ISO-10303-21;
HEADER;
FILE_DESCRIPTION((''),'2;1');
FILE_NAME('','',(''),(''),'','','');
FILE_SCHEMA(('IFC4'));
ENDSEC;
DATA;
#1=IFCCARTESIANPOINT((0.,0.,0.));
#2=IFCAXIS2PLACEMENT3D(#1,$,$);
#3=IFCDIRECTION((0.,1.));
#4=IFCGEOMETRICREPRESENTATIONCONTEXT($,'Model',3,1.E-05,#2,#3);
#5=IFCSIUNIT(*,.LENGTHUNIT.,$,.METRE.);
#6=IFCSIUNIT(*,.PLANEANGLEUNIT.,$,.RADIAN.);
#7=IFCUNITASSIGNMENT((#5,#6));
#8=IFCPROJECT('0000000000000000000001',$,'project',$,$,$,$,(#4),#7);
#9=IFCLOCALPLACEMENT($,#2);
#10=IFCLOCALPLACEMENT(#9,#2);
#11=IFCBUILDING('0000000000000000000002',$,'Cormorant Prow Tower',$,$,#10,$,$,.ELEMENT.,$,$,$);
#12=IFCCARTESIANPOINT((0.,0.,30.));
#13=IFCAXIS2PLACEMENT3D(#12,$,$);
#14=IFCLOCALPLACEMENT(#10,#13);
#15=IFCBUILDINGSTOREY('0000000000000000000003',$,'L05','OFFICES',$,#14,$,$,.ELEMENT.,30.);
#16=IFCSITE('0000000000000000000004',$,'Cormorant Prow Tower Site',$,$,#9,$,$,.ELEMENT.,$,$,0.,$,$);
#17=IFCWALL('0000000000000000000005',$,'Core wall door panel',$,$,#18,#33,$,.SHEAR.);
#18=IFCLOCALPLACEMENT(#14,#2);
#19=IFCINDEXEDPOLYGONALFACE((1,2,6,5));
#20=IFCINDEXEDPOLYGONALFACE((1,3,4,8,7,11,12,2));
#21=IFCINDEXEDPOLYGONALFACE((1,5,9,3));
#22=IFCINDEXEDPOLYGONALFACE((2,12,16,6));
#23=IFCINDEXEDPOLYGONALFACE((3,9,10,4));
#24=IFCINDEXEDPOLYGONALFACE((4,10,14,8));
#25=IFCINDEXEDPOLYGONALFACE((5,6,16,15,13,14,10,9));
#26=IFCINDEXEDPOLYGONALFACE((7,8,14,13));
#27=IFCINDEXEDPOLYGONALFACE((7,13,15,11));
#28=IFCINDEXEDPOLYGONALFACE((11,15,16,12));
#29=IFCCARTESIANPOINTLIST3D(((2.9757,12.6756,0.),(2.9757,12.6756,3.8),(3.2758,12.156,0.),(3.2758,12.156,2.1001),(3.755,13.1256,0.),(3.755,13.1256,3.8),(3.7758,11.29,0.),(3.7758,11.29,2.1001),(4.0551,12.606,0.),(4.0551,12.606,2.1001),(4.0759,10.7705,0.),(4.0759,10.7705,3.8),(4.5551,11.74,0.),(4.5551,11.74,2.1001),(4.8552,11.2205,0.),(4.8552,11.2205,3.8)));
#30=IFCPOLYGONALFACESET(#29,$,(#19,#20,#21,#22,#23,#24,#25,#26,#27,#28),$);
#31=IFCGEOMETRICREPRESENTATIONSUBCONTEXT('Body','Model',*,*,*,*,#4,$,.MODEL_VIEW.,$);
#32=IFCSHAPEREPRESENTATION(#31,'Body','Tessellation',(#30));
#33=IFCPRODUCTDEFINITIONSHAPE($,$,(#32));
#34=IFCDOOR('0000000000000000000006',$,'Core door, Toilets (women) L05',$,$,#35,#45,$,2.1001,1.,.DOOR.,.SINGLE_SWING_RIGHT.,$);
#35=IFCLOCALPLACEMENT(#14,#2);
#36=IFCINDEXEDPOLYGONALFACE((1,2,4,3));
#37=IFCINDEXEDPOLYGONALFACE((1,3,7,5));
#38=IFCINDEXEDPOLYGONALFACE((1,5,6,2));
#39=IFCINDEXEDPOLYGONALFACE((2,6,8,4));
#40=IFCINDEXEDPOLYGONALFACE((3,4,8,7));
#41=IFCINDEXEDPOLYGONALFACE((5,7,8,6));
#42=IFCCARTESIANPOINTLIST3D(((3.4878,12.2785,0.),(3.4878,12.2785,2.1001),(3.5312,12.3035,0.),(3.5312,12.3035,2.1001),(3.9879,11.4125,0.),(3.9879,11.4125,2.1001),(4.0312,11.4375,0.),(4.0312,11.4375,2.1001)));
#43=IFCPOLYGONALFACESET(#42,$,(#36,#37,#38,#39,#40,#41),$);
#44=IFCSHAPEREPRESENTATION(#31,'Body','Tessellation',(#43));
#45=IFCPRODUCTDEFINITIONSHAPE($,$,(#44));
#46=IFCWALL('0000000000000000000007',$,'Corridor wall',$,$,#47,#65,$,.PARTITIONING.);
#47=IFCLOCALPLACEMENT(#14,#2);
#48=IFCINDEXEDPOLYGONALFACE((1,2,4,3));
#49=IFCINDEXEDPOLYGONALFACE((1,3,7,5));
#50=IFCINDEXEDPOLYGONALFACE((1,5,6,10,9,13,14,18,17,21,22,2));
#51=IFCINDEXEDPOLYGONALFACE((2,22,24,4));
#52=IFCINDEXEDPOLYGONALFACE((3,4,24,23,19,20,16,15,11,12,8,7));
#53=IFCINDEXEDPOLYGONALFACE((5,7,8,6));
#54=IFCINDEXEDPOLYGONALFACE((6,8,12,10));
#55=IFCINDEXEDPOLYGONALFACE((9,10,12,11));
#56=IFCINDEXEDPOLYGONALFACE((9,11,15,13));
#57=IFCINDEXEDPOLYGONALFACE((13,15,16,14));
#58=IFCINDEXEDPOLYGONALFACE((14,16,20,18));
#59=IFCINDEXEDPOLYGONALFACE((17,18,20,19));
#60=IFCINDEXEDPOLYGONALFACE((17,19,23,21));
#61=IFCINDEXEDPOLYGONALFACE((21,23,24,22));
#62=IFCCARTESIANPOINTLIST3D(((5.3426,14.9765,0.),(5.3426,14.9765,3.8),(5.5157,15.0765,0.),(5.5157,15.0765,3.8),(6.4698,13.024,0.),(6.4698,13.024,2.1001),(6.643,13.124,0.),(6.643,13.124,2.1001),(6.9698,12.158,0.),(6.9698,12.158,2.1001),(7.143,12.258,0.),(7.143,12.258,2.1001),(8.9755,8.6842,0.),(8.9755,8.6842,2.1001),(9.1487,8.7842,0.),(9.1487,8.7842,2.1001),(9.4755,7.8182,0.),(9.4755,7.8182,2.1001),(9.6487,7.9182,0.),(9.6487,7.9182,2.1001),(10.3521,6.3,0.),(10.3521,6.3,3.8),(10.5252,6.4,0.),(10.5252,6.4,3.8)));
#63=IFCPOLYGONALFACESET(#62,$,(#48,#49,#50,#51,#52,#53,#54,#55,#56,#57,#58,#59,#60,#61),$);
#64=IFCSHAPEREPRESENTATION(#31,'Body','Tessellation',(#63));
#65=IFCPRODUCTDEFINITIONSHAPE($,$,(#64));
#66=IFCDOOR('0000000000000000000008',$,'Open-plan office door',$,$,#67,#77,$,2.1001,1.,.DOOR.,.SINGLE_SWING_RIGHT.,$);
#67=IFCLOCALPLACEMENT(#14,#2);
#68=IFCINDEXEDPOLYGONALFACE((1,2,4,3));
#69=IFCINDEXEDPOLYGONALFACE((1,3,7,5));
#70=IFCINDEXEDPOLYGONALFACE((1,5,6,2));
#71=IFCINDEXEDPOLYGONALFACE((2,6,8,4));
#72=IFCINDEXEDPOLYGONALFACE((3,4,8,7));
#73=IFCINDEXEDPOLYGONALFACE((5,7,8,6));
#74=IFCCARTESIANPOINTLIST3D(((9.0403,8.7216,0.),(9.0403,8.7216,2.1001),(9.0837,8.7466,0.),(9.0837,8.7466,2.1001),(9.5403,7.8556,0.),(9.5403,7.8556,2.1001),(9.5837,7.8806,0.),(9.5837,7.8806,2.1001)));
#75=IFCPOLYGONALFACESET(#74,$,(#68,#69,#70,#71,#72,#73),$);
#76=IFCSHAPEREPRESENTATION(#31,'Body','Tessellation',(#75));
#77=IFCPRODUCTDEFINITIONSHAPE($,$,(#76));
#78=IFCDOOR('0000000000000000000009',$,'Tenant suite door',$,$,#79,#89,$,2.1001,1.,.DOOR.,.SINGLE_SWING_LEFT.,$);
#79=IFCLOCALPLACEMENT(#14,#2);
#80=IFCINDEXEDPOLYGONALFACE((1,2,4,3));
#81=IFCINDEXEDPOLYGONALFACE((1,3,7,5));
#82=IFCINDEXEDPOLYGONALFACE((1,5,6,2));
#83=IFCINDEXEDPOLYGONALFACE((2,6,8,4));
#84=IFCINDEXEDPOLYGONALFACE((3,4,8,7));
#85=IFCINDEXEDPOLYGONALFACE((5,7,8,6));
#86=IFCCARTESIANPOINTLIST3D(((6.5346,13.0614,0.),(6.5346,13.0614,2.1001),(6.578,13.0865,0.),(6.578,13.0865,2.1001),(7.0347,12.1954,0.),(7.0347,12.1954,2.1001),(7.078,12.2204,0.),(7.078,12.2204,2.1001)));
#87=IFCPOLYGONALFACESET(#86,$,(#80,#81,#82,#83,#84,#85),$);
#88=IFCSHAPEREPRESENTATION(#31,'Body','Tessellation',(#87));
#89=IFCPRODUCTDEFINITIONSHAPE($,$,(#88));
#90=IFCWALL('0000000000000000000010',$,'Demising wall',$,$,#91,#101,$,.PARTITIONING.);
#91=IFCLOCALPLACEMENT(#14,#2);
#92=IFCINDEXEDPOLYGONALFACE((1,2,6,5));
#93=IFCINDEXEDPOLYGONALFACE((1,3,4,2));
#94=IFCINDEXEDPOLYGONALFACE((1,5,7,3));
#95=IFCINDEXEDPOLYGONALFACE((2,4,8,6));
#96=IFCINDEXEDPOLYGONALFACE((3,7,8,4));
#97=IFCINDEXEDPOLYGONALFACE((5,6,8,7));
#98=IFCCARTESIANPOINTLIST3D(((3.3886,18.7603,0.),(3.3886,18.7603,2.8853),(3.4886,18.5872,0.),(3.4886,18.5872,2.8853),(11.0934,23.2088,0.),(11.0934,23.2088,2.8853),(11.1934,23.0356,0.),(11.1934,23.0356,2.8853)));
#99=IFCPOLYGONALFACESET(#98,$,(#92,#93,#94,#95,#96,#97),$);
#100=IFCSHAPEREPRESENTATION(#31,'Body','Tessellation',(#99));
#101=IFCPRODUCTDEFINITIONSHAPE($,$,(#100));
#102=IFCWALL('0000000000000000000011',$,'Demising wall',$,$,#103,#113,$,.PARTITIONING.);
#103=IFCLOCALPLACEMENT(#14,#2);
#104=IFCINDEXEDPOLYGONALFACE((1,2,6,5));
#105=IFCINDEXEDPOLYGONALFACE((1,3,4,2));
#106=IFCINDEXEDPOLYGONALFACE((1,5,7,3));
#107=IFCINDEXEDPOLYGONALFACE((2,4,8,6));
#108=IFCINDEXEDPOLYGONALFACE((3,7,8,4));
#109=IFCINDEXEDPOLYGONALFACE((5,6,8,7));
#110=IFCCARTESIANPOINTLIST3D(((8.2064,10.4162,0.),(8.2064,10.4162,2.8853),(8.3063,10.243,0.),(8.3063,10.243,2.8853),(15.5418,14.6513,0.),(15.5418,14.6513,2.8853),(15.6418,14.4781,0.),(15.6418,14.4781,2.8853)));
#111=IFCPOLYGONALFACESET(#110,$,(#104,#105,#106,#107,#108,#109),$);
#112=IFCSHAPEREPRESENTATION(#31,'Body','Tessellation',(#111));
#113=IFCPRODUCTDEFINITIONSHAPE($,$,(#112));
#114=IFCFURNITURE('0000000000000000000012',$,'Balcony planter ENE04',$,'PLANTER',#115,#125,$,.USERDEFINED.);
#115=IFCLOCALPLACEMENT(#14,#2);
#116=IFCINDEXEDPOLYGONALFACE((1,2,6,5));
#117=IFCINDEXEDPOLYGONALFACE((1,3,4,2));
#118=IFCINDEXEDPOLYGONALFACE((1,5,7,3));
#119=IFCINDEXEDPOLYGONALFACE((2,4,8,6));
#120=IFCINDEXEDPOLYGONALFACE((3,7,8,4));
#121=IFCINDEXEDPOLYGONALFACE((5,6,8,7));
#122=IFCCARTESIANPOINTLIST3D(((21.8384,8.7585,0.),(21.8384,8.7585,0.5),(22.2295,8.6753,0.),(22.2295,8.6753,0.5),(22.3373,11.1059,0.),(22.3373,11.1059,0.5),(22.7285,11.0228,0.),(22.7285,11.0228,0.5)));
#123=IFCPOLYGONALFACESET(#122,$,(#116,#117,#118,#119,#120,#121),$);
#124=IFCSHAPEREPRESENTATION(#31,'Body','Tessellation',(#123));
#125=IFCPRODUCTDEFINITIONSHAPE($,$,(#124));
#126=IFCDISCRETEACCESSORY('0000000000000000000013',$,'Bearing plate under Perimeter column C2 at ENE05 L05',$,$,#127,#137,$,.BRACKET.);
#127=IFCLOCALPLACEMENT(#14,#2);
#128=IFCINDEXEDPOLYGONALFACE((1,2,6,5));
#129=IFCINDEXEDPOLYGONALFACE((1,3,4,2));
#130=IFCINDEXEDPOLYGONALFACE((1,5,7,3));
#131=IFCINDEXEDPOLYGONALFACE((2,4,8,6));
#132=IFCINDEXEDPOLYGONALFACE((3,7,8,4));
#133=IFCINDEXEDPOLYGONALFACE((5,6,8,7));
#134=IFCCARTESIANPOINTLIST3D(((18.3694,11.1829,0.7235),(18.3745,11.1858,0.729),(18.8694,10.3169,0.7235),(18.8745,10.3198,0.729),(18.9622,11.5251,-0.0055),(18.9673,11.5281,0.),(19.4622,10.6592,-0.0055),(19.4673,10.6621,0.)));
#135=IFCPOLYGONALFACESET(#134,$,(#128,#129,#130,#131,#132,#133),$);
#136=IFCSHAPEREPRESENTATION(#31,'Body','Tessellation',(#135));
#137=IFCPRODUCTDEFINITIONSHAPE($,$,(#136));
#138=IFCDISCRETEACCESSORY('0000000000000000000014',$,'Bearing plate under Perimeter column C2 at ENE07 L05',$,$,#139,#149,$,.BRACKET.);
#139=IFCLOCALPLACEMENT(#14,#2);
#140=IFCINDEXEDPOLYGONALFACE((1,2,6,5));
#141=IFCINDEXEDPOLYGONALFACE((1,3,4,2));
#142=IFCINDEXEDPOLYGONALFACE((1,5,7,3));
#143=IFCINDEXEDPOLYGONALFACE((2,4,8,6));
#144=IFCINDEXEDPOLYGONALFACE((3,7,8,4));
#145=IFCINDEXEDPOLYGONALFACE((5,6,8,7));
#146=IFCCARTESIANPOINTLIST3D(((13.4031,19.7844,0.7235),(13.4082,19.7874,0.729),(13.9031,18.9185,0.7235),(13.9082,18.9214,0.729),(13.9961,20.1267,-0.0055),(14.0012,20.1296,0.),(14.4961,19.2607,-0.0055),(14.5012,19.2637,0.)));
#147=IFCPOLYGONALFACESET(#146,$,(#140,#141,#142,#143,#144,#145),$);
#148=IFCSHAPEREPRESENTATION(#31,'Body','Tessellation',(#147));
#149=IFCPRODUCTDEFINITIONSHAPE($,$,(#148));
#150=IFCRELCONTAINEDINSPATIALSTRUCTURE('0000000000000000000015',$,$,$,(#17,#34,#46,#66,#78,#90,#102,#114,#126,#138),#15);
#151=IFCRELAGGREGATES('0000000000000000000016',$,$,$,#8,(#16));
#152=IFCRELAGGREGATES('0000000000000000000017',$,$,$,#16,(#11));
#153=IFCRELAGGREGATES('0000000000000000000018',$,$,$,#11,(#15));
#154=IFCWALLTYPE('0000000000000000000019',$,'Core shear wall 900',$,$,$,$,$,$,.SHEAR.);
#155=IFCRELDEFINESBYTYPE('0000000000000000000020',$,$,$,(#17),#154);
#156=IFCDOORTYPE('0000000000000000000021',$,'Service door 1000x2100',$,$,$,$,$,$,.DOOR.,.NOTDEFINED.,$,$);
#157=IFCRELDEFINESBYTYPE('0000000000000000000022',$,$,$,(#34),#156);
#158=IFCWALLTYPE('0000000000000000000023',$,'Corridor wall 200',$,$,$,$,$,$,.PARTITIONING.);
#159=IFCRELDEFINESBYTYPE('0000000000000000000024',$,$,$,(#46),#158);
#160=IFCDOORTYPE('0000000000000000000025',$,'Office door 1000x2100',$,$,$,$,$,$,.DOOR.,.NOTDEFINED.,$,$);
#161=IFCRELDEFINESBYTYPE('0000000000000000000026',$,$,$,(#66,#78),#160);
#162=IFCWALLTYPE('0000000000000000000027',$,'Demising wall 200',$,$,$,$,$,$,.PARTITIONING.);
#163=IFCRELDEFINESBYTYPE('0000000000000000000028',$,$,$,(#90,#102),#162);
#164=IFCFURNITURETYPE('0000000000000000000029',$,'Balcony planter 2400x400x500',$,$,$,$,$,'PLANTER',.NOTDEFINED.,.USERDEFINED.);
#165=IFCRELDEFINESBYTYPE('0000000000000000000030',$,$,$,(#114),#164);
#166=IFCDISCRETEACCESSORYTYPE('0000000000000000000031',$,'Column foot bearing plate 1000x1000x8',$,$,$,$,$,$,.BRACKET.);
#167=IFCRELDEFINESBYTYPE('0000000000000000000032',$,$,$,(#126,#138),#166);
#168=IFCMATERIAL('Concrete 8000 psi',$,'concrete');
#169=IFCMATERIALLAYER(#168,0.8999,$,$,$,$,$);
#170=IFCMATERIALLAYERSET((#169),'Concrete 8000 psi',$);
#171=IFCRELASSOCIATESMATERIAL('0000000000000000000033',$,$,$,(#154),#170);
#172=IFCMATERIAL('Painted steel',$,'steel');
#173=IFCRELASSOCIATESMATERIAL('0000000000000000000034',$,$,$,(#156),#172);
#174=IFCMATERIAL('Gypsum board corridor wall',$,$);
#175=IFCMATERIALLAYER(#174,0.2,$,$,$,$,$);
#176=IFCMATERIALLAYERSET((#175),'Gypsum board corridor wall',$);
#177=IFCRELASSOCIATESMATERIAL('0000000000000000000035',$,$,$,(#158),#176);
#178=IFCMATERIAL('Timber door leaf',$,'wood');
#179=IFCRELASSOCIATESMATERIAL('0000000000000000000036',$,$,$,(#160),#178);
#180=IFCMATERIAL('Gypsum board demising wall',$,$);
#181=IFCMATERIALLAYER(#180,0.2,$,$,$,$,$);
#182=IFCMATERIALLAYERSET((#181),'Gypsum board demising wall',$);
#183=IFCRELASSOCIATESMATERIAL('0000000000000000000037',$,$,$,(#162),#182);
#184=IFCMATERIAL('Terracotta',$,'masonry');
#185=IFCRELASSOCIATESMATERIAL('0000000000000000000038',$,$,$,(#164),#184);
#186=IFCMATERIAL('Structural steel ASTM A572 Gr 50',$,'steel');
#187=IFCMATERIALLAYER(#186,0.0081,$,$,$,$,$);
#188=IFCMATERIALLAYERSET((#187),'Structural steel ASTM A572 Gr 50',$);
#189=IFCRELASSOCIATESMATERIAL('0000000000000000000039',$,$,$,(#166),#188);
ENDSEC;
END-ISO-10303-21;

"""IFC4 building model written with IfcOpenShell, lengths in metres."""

from ifc_helpers import new_model, si_unit, direction, frame, frame_2d, origin, origin_2d, place, context, subcontext, project, spatial, polyline, rectangle, outline, extrude, material, layer, layer_set, type_object, element, fill, save


model = new_model("IFC4")

# Units and contexts
model_context = context("Model", 3, precision=1e-05, world=origin(), true_north=direction((0.0, 1.0)))
body_context = subcontext(model_context, "Body", "Model", "MODEL_VIEW")
ifc_project = project(units=[si_unit("LENGTHUNIT", "METRE"), si_unit("PLANEANGLEUNIT", "RADIAN")], contexts=[model_context])

# Site, building, storey
site_placement = place(None, origin())
site = spatial("IfcSite", under=ifc_project, at=site_placement, Name="Cormorant Prow Tower Site", CompositionType="ELEMENT", RefElevation=0.0)
building_placement = place(site_placement, origin())
building = spatial("IfcBuilding", under=site, at=building_placement, Name="Cormorant Prow Tower", CompositionType="ELEMENT")
storey_placement = place(building_placement, frame((0.0, 0.0, 30.0)))
storey = spatial("IfcBuildingStorey", under=building, at=storey_placement, Name="L05", Description="OFFICES", CompositionType="ELEMENT", Elevation=30.0)

# Shared definitions
ifc_material_1 = material(Name="Concrete 8000 psi", Category="concrete")
ifc_layer_1 = layer(ifc_material_1, 0.8999)
ifc_layer_set_1 = layer_set([ifc_layer_1], Name="Concrete 8000 psi")
wall_type_1 = type_object("IfcWallType", Name="Core shear wall 900", PredefinedType="SHEAR", material=ifc_layer_set_1)

# Wall, opening, door
wall_1_placement = place(storey_placement, frame((4.4656, 10.9954, 0.0), z_axis=(0.0, 0.0, 1.0), x_axis=(-0.500078, 0.86598, 0.0)))
wall_1 = element("IfcWall", 1, at=wall_1_placement, inside=storey, type_object=wall_type_1, Name="Core wall door panel", PredefinedType="SHEAR", context=body_context, shape_type="SweptSolid", body=[
    extrude(rectangle(XDim=2.2, YDim=0.8999, at=frame_2d((1.1001, 0.0))), origin(), (0.0, 0.0, 1.0), 3.8),
])
opening_1_placement = place(wall_1_placement, frame((0.6001, 0.0, 0.0)))
opening_1 = element("IfcOpeningElement", 2, at=opening_1_placement, cuts=wall_1, PredefinedType="OPENING", context=body_context, shape_type="SweptSolid", body=[
    extrude(rectangle(XDim=1.0, YDim=2.1001, at=frame_2d((0.5, 1.05))), frame((0.0, 0.46, 0.0), z_axis=(0.0, -1.0, 0.0), x_axis=(1.0, 0.0, 0.0)), (0.0, 0.0, 1.0), 0.9199),
])
ifc_material_2 = material(Name="Painted steel", Category="steel")
door_type_1 = type_object("IfcDoorType", Name="Service door 1000x2100", OperationType="NOTDEFINED", PredefinedType="DOOR", material=ifc_material_2)
door_1_placement = place(opening_1_placement, origin())
door_1 = element("IfcDoor", 3, at=door_1_placement, inside=storey, type_object=door_type_1, Name="Core door, Toilets (women) L05", OperationType="SINGLE_SWING_RIGHT", OverallHeight=2.1001, OverallWidth=1.0, PredefinedType="DOOR", context=body_context, shape_type="SweptSolid", body=[
    extrude(rectangle(XDim=1.0, YDim=2.1001, at=frame_2d((0.5, 1.05))), frame((0.0, 0.2051, 0.0), z_axis=(0.0, -1.0, 0.0), x_axis=(1.0, 0.0, 0.0)), (0.0, 0.0, 1.0), 0.05),
])
fill(opening_1, door_1)

# Wall, openings, doors
ifc_material_3 = material(Name="Gypsum board corridor wall")
ifc_layer_2 = layer(ifc_material_3, 0.2)
ifc_layer_set_2 = layer_set([ifc_layer_2], Name="Gypsum board corridor wall")
wall_type_2 = type_object("IfcWallType", Name="Corridor wall 200", PredefinedType="PARTITIONING", material=ifc_layer_set_2)
wall_2_placement = place(storey_placement, frame((5.4292, 15.0264, 0.0), z_axis=(0.0, 0.0, 1.0), x_axis=(0.50001, -0.86602, 0.0)))
wall_2 = element("IfcWall", 4, at=wall_2_placement, inside=storey, type_object=wall_type_2, Name="Corridor wall", PredefinedType="PARTITIONING", context=body_context, shape_type="SweptSolid", body=[
    extrude(rectangle(XDim=10.0188, YDim=0.2, at=frame_2d((5.0093, 0.0))), origin(), (0.0, 0.0, 1.0), 3.8),
])
opening_2_placement = place(wall_2_placement, frame((7.2656, 0.0, 0.0)))
opening_2 = element("IfcOpeningElement", 5, at=opening_2_placement, cuts=wall_2, PredefinedType="OPENING", context=body_context, shape_type="SweptSolid", body=[
    extrude(rectangle(XDim=1.0, YDim=2.1001, at=frame_2d((0.5, 1.05))), frame((0.0, 0.1099, 0.0), z_axis=(0.0, -1.0, 0.0), x_axis=(1.0, 0.0, 0.0)), (0.0, 0.0, 1.0), 0.22),
])
opening_3_placement = place(wall_2_placement, frame((2.2544, 0.0, 0.0)))
opening_3 = element("IfcOpeningElement", 6, at=opening_3_placement, cuts=wall_2, PredefinedType="OPENING", context=body_context, shape_type="SweptSolid", body=[
    extrude(rectangle(XDim=1.0, YDim=2.1001, at=frame_2d((0.5, 1.05))), frame((0.0, 0.1099, 0.0), z_axis=(0.0, -1.0, 0.0), x_axis=(1.0, 0.0, 0.0)), (0.0, 0.0, 1.0), 0.22),
])
ifc_material_4 = material(Name="Timber door leaf", Category="wood")
door_type_2 = type_object("IfcDoorType", Name="Office door 1000x2100", OperationType="NOTDEFINED", PredefinedType="DOOR", material=ifc_material_4)
door_2_placement = place(opening_2_placement, origin())
door_2 = element("IfcDoor", 7, at=door_2_placement, inside=storey, type_object=door_type_2, Name="Open-plan office door", OperationType="SINGLE_SWING_RIGHT", OverallHeight=2.1001, OverallWidth=1.0, PredefinedType="DOOR", context=body_context, shape_type="SweptSolid", body=[
    extrude(rectangle(XDim=1.0, YDim=2.1001, at=frame_2d((0.5, 1.05))), frame((0.0, 0.0249, 0.0), z_axis=(0.0, -1.0, 0.0), x_axis=(1.0, 0.0, 0.0)), (0.0, 0.0, 1.0), 0.05),
])
fill(opening_2, door_2)
door_3_placement = place(opening_3_placement, origin())
door_3 = element("IfcDoor", 8, at=door_3_placement, inside=storey, type_object=door_type_2, Name="Tenant suite door", OperationType="SINGLE_SWING_LEFT", OverallHeight=2.1001, OverallWidth=1.0, PredefinedType="DOOR", context=body_context, shape_type="SweptSolid", body=[
    extrude(rectangle(XDim=1.0, YDim=2.1001, at=frame_2d((0.5, 1.05))), frame((0.0, 0.0249, 0.0), z_axis=(0.0, -1.0, 0.0), x_axis=(1.0, 0.0, 0.0)), (0.0, 0.0, 1.0), 0.05),
])
fill(opening_3, door_3)

# Walls
ifc_material_5 = material(Name="Gypsum board demising wall")
ifc_layer_3 = layer(ifc_material_5, 0.2)
ifc_layer_set_3 = layer_set([ifc_layer_3], Name="Gypsum board demising wall")
wall_type_3 = type_object("IfcWallType", Name="Demising wall 200", PredefinedType="PARTITIONING", material=ifc_layer_set_3)
wall_3_placement = place(storey_placement, frame((3.4387, 18.6738, 0.0), z_axis=(0.0, 0.0, 1.0), x_axis=(0.866021, 0.500008, 0.0)))
element("IfcWall", 9, at=wall_3_placement, inside=storey, type_object=wall_type_3, Name="Demising wall", PredefinedType="PARTITIONING", context=body_context, shape_type="SweptSolid", body=[
    extrude(rectangle(XDim=8.8967, YDim=0.2, at=frame_2d((4.4482, 0.0))), origin(), (0.0, 0.0, 1.0), 2.8853),
])
wall_4_placement = place(storey_placement, frame((8.2563, 10.3296, 0.0), z_axis=(0.0, 0.0, 1.0), x_axis=(0.866026, 0.499999, 0.0)))
element("IfcWall", 10, at=wall_4_placement, inside=storey, type_object=wall_type_3, Name="Demising wall", PredefinedType="PARTITIONING", context=body_context, shape_type="SweptSolid", body=[
    extrude(rectangle(XDim=8.4702, YDim=0.2, at=frame_2d((4.2351, 0.0))), origin(), (0.0, 0.0, 1.0), 2.8853),
])

# Furniture
ifc_material_6 = material(Name="Terracotta", Category="masonry")
furniture_type = type_object("IfcFurnitureType", Name="Balcony planter 2400x400x500", ElementType="PLANTER", AssemblyPlace="NOTDEFINED", PredefinedType="USERDEFINED", material=ifc_material_6)
furniture_placement = place(storey_placement, frame((22.2834, 9.8906, 0.0), z_axis=(0.0, 0.0, 1.0), x_axis=(0.207912, 0.978148, 0.0)))
element("IfcFurniture", 11, at=furniture_placement, inside=storey, type_object=furniture_type, Name="Balcony planter ENE04", ObjectType="PLANTER", PredefinedType="USERDEFINED", context=body_context, shape_type="SweptSolid", body=[
    extrude(rectangle(XDim=2.3999, YDim=0.3999, at=origin_2d()), origin(), (0.0, 0.0, 1.0), 0.5),
])

# Discrete accessories
ifc_material_7 = material(Name="Structural steel ASTM A572 Gr 50", Category="steel")
ifc_layer_4 = layer(ifc_material_7, 0.0081)
ifc_layer_set_4 = layer_set([ifc_layer_4], Name="Structural steel ASTM A572 Gr 50")
discrete_accessory_type = type_object("IfcDiscreteAccessoryType", Name="Column foot bearing plate 1000x1000x8", PredefinedType="BRACKET", material=ifc_layer_set_4)
discrete_accessory_1_placement = place(storey_placement, frame((18.3745, 11.1858, 0.729), z_axis=(0.63133, 0.364523, 0.684504), x_axis=(0.500025, -0.866011, 0.0)))
element("IfcDiscreteAccessory", 12, at=discrete_accessory_1_placement, inside=storey, type_object=discrete_accessory_type, Name="Bearing plate under Perimeter column C2 at ENE05 L05", PredefinedType="BRACKET", context=body_context, shape_type="SweptSolid", body=[
    extrude(outline(polyline([(0.0, 0.0), (0.9999, 0.0), (0.9999, 1.0), (0.0, 1.0), (0.0, 0.0)])), origin(), (0.0, 0.0, -1.0), 0.0081),
])
discrete_accessory_2_placement = place(storey_placement, frame((13.4082, 19.7874, 0.729), z_axis=(0.631238, 0.36447, 0.684617), x_axis=(0.500025, -0.866011, 0.0)))
element("IfcDiscreteAccessory", 13, at=discrete_accessory_2_placement, inside=storey, type_object=discrete_accessory_type, Name="Bearing plate under Perimeter column C2 at ENE07 L05", PredefinedType="BRACKET", context=body_context, shape_type="SweptSolid", body=[
    extrude(outline(polyline([(0.0, 0.0), (0.9999, 0.0), (1.0001, 1.0001), (0.0001, 1.0001), (0.0, 0.0)])), origin(), (0.0, 0.0, -1.0), 0.0081),
])

save(model, "model.ifc")
